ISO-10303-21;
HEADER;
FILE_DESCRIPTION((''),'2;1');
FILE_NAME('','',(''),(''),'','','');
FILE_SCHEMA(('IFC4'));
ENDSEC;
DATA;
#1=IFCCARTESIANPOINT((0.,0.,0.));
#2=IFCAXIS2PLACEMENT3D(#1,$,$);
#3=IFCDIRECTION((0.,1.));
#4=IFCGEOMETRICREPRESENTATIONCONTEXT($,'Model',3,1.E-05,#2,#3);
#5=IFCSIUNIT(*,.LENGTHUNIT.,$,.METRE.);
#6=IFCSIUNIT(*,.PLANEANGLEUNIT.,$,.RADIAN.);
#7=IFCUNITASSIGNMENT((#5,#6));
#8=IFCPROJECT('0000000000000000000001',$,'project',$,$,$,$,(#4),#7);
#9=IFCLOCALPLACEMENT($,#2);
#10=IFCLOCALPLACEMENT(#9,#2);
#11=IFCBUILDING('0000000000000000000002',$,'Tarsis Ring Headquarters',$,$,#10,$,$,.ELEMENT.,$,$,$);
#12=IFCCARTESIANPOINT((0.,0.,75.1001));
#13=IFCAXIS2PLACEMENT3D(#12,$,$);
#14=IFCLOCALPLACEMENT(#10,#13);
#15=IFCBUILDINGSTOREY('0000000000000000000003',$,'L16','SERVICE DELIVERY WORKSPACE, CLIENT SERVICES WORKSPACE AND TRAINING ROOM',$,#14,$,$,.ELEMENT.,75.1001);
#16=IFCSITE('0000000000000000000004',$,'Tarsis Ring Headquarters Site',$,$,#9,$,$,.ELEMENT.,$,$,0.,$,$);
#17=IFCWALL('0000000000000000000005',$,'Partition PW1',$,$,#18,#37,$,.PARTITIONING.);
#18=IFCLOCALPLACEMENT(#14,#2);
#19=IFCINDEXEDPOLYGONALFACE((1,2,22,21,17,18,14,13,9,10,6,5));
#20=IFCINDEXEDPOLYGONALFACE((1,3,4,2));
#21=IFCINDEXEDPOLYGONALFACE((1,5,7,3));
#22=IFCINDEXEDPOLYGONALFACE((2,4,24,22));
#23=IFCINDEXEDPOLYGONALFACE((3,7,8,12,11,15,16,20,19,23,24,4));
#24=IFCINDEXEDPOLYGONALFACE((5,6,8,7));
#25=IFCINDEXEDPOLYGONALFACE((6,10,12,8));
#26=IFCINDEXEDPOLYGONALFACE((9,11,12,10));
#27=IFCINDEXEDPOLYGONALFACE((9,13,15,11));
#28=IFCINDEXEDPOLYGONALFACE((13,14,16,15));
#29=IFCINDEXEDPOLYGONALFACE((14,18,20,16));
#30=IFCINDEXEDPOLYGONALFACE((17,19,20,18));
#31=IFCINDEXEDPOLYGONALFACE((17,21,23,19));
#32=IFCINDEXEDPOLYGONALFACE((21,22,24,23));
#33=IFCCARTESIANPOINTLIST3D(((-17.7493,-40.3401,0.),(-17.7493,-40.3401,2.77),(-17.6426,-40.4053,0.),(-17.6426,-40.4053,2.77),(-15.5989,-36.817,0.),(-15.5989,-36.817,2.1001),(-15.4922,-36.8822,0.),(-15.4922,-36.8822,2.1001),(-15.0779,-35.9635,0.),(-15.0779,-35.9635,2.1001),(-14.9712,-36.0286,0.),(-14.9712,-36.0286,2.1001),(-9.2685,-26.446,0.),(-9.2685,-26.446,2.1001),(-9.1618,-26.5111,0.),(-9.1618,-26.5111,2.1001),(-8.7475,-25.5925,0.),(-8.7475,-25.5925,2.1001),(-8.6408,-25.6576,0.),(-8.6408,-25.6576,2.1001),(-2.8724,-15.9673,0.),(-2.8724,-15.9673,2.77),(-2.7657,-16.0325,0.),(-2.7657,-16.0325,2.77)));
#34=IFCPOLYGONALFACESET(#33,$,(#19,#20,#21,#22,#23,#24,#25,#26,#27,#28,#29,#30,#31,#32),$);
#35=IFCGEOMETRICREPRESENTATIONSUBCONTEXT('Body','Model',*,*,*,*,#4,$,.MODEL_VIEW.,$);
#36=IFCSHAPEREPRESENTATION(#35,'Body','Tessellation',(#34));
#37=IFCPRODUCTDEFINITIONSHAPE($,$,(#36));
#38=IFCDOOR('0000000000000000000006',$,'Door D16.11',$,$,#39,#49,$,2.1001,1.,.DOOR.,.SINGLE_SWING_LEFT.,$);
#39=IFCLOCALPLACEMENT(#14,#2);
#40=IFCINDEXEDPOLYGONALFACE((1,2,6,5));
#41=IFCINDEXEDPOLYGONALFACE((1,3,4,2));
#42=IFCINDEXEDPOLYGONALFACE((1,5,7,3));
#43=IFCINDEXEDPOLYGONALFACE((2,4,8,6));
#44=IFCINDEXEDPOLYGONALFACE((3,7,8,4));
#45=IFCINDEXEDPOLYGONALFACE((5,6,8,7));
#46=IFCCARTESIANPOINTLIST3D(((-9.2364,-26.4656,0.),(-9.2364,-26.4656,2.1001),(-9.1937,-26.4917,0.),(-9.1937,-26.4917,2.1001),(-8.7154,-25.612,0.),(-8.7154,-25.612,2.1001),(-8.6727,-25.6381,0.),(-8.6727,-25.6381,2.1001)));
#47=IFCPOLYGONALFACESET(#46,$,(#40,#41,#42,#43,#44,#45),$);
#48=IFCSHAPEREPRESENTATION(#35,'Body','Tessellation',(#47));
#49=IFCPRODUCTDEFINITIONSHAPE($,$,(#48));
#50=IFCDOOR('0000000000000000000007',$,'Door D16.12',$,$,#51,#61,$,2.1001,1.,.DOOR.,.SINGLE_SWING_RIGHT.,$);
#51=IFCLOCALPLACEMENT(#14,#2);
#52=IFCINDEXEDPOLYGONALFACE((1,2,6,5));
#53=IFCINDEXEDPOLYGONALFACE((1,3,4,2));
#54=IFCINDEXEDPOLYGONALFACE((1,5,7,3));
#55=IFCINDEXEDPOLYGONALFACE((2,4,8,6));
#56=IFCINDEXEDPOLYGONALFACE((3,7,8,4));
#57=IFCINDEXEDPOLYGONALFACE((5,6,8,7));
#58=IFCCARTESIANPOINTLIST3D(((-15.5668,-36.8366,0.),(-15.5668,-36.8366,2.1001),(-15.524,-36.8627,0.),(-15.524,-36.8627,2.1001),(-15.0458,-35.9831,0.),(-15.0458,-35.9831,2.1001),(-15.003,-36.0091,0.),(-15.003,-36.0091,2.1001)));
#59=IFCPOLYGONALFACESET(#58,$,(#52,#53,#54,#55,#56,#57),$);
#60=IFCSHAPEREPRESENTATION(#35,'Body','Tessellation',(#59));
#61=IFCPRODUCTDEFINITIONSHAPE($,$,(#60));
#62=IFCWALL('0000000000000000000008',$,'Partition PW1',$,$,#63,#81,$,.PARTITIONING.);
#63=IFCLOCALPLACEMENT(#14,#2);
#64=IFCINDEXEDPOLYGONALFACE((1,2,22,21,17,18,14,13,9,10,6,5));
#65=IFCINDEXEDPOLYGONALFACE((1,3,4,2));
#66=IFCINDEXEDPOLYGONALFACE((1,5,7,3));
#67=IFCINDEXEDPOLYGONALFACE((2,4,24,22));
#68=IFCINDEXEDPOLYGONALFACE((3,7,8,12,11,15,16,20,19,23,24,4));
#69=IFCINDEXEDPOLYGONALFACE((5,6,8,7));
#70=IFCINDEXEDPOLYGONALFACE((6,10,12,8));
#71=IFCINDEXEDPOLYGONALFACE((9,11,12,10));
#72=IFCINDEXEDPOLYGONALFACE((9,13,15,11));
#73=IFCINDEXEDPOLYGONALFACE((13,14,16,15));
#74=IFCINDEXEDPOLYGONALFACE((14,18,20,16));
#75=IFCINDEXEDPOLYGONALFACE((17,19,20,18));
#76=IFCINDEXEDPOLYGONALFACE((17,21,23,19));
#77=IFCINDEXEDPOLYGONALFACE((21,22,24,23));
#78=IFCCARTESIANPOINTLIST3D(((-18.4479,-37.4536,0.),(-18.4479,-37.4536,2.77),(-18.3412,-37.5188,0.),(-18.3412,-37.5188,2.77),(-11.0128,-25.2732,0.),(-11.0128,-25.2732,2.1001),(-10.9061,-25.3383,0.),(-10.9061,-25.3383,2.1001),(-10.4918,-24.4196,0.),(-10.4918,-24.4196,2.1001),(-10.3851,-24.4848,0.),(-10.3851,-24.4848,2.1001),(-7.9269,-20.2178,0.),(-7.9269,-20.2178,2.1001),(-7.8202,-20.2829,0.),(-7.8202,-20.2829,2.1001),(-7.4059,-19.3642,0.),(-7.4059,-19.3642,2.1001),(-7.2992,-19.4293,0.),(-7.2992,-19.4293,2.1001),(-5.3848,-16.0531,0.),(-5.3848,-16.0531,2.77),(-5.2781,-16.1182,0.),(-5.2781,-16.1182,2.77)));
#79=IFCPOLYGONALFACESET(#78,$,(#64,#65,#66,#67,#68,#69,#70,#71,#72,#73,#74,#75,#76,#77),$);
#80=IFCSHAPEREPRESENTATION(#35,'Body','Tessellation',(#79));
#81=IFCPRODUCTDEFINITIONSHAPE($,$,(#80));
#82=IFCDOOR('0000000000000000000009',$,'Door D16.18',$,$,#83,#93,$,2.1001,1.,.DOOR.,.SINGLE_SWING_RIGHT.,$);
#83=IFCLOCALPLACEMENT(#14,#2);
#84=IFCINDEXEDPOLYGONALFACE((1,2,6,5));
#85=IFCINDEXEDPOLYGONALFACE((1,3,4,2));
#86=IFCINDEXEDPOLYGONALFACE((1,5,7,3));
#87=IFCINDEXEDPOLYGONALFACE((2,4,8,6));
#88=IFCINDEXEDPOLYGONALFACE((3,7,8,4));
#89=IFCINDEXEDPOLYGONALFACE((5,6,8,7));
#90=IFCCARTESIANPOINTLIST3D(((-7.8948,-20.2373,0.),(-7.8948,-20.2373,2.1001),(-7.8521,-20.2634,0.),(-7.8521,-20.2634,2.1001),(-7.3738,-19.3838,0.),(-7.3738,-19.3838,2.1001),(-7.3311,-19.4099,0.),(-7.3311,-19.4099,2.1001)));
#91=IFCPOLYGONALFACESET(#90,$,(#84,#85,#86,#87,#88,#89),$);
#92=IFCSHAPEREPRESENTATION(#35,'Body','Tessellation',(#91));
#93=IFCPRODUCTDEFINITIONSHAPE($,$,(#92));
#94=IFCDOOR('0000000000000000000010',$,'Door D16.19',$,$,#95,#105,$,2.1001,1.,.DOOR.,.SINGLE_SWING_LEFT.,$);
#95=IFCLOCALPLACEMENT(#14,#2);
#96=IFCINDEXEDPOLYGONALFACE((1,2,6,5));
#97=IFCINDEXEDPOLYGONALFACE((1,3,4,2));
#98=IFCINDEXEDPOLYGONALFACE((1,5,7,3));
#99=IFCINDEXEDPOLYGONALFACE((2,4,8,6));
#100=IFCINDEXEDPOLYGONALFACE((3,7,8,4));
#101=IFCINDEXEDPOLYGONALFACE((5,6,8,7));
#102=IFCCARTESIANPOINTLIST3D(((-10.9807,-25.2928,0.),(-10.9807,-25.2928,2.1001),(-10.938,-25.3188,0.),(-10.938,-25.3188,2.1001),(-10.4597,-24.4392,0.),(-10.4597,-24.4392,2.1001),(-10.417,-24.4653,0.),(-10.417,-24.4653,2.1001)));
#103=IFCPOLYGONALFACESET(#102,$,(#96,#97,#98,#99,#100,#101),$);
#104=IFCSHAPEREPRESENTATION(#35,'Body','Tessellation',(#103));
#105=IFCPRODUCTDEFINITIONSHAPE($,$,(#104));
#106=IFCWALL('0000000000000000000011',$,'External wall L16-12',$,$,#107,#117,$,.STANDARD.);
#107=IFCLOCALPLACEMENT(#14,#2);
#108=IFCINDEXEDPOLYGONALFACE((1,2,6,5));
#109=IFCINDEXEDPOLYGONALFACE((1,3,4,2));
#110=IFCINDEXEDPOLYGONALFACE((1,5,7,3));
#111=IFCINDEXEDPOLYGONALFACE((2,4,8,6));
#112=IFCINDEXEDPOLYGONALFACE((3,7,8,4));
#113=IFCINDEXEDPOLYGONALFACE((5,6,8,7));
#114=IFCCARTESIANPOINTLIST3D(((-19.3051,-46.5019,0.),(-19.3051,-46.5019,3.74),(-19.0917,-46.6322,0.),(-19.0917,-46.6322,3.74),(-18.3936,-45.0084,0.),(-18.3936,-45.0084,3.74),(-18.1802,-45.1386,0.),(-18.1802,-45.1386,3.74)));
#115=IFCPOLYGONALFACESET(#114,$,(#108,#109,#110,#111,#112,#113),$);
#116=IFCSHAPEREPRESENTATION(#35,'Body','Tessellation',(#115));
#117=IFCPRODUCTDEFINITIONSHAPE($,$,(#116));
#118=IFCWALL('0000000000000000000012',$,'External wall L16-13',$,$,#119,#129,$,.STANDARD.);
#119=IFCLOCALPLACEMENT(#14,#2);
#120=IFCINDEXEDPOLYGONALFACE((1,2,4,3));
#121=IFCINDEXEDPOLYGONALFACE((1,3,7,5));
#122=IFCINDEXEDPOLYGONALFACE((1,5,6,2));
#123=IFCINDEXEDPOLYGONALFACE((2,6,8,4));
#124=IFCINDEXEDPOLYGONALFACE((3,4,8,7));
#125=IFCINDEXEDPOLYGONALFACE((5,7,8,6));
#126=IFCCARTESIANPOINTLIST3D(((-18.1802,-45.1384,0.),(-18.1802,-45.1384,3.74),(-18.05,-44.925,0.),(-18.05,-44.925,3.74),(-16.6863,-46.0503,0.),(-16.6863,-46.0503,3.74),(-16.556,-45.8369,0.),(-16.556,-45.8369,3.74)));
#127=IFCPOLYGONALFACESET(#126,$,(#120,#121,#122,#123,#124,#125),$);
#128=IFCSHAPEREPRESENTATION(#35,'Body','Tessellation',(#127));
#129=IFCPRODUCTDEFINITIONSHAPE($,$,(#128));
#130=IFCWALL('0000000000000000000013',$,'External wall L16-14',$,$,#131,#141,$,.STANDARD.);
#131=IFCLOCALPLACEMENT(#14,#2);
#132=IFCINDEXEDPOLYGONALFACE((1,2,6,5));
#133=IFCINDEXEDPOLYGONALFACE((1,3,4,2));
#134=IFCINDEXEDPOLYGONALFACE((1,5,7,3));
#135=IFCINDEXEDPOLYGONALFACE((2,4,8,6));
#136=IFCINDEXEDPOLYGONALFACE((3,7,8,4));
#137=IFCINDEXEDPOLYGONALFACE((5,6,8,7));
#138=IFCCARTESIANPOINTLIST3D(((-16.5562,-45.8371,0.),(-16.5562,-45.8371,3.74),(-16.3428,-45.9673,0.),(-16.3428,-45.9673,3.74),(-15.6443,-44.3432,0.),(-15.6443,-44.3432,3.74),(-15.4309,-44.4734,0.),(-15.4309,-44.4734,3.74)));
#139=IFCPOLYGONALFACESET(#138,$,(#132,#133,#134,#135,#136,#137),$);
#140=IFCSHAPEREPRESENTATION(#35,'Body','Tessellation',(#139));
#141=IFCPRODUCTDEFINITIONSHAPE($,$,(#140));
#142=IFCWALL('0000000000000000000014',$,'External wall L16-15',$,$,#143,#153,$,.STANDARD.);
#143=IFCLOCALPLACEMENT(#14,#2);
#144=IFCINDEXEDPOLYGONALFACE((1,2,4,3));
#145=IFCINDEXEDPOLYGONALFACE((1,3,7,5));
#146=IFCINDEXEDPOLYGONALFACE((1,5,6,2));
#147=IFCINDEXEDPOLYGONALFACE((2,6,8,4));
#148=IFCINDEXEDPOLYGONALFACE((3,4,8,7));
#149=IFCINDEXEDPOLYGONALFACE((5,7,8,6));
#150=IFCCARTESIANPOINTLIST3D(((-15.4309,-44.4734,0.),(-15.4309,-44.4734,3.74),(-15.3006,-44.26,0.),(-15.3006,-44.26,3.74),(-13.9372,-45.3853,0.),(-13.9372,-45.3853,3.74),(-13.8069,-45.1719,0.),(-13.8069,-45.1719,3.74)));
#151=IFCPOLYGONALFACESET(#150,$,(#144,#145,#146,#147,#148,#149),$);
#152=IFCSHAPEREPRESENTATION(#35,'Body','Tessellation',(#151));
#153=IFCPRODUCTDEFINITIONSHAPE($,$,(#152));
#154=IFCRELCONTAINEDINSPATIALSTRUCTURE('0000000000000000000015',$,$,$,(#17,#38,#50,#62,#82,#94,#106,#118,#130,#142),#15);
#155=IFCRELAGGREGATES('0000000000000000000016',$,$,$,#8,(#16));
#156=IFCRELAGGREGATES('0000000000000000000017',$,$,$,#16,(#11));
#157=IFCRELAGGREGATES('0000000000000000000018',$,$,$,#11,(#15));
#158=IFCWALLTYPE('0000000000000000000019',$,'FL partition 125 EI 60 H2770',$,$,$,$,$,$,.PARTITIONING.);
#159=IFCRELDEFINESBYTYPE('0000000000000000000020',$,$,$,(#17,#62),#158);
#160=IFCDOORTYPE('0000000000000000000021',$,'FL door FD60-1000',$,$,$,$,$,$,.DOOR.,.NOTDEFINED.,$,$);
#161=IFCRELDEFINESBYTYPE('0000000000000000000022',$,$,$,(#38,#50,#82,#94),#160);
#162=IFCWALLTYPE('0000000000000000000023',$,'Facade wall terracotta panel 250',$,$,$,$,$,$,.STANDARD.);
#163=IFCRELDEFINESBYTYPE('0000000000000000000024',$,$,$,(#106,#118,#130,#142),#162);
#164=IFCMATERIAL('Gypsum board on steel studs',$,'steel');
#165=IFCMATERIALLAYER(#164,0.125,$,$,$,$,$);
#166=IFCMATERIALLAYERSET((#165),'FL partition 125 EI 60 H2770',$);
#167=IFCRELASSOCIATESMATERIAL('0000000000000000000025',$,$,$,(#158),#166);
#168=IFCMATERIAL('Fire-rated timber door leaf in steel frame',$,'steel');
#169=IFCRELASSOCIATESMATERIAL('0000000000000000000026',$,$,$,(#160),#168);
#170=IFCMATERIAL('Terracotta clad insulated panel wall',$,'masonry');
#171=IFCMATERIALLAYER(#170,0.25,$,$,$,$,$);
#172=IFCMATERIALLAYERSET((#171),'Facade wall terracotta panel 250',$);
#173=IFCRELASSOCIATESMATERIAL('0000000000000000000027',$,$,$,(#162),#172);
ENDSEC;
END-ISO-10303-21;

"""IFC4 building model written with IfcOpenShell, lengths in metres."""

from ifc_helpers import new_model, si_unit, direction, frame, frame_2d, origin, place, context, subcontext, project, spatial, rectangle, extrude, material, layer, layer_set, type_object, element, fill, save


model = new_model("IFC4")

# Units and contexts
model_context = context("Model", 3, precision=1e-05, world=origin(), true_north=direction((0.0, 1.0)))
body_context = subcontext(model_context, "Body", "Model", "MODEL_VIEW")
ifc_project = project(units=[si_unit("LENGTHUNIT", "METRE"), si_unit("PLANEANGLEUNIT", "RADIAN")], contexts=[model_context])

# Site, building, storey
site_placement = place(None, origin())
site = spatial("IfcSite", under=ifc_project, at=site_placement, Name="Tarsis Ring Headquarters Site", CompositionType="ELEMENT", RefElevation=0.0)
building_placement = place(site_placement, origin())
building = spatial("IfcBuilding", under=site, at=building_placement, Name="Tarsis Ring Headquarters", CompositionType="ELEMENT")
storey_placement = place(building_placement, frame((0.0, 0.0, 75.1001)))
storey = spatial("IfcBuildingStorey", under=building, at=storey_placement, Name="L16", Description="SERVICE DELIVERY WORKSPACE, CLIENT SERVICES WORKSPACE AND TRAINING ROOM", CompositionType="ELEMENT", Elevation=75.1001)

# Shared definitions
ifc_material_1 = material(Name="Gypsum board on steel studs", Category="steel")

# Walls, openings, doors
ifc_layer_1 = layer(ifc_material_1, 0.125)
ifc_layer_set_1 = layer_set([ifc_layer_1], Name="FL partition 125 EI 60 H2770")
wall_type_1 = type_object("IfcWallType", Name="FL partition 125 EI 60 H2770", PredefinedType="PARTITIONING", material=ifc_layer_set_1)
wall_1_placement = place(storey_placement, frame((-17.696, -40.3728, 0.0), z_axis=(0.0, 0.0, 1.0), x_axis=(0.521003, 0.853555, 0.0)))
wall_1 = element("IfcWall", 1, at=wall_1_placement, inside=storey, type_object=wall_type_1, Name="Partition PW1", PredefinedType="PARTITIONING", context=body_context, shape_type="SweptSolid", body=[
    extrude(rectangle(XDim=28.5544, YDim=0.125, at=frame_2d((14.2773, 0.0))), origin(), (0.0, 0.0, 1.0), 2.77),
])
opening_1_placement = place(wall_1_placement, frame((16.2781, 0.0, 0.0)))
opening_1 = element("IfcOpeningElement", 2, at=opening_1_placement, cuts=wall_1, PredefinedType="OPENING", context=body_context, shape_type="SweptSolid", body=[
    extrude(rectangle(XDim=1.0, YDim=2.1001, at=frame_2d((0.5, 1.05))), frame((0.0, 0.0725, 0.0), z_axis=(0.0, -1.0, 0.0), x_axis=(1.0, 0.0, 0.0)), (0.0, 0.0, 1.0), 0.145),
])
opening_2_placement = place(wall_1_placement, frame((4.1277, 0.0, 0.0)))
opening_2 = element("IfcOpeningElement", 3, at=opening_2_placement, cuts=wall_1, PredefinedType="OPENING", context=body_context, shape_type="SweptSolid", body=[
    extrude(rectangle(XDim=1.0, YDim=2.1001, at=frame_2d((0.5, 1.05))), frame((0.0, 0.0725, 0.0), z_axis=(0.0, -1.0, 0.0), x_axis=(1.0, 0.0, 0.0)), (0.0, 0.0, 1.0), 0.145),
])
ifc_material_2 = material(Name="Fire-rated timber door leaf in steel frame", Category="steel")
door_type = type_object("IfcDoorType", Name="FL door FD60-1000", OperationType="NOTDEFINED", PredefinedType="DOOR", material=ifc_material_2)
door_1_placement = place(opening_1_placement, origin())
door_1 = element("IfcDoor", 4, at=door_1_placement, inside=storey, type_object=door_type, Name="Door D16.11", OperationType="SINGLE_SWING_LEFT", OverallHeight=2.1001, OverallWidth=1.0, PredefinedType="DOOR", context=body_context, shape_type="SweptSolid", body=[
    extrude(rectangle(XDim=1.0, YDim=2.1001, at=frame_2d((0.5, 1.05))), frame((0.0, 0.0249, 0.0), z_axis=(0.0, -1.0, 0.0), x_axis=(1.0, 0.0, 0.0)), (0.0, 0.0, 1.0), 0.05),
])
fill(opening_1, door_1)
door_2_placement = place(opening_2_placement, origin())
door_2 = element("IfcDoor", 5, at=door_2_placement, inside=storey, type_object=door_type, Name="Door D16.12", OperationType="SINGLE_SWING_RIGHT", OverallHeight=2.1001, OverallWidth=1.0, PredefinedType="DOOR", context=body_context, shape_type="SweptSolid", body=[
    extrude(rectangle(XDim=1.0, YDim=2.1001, at=frame_2d((0.5, 1.05))), frame((0.0, 0.0249, 0.0), z_axis=(0.0, -1.0, 0.0), x_axis=(1.0, 0.0, 0.0)), (0.0, 0.0, 1.0), 0.05),
])
fill(opening_2, door_2)
wall_2_placement = place(storey_placement, frame((-18.3945, -37.4861, 0.0), z_axis=(0.0, 0.0, 1.0), x_axis=(0.521016, 0.853547, 0.0)))
wall_2 = element("IfcWall", 6, at=wall_2_placement, inside=storey, type_object=wall_type_1, Name="Partition PW1", PredefinedType="PARTITIONING", context=body_context, shape_type="SweptSolid", body=[
    extrude(rectangle(XDim=25.0725, YDim=0.125, at=frame_2d((12.5361, 0.0))), origin(), (0.0, 0.0, 1.0), 2.77),
])
opening_3_placement = place(wall_2_placement, frame((20.1931, 0.0, 0.0)))
opening_3 = element("IfcOpeningElement", 7, at=opening_3_placement, cuts=wall_2, PredefinedType="OPENING", context=body_context, shape_type="SweptSolid", body=[
    extrude(rectangle(XDim=1.0, YDim=2.1001, at=frame_2d((0.5, 1.05))), frame((0.0, 0.0725, 0.0), z_axis=(0.0, -1.0, 0.0), x_axis=(1.0, 0.0, 0.0)), (0.0, 0.0, 1.0), 0.145),
])
opening_4_placement = place(wall_2_placement, frame((14.2703, 0.0, 0.0)))
opening_4 = element("IfcOpeningElement", 8, at=opening_4_placement, cuts=wall_2, PredefinedType="OPENING", context=body_context, shape_type="SweptSolid", body=[
    extrude(rectangle(XDim=1.0, YDim=2.1001, at=frame_2d((0.5, 1.05))), frame((0.0, 0.0725, 0.0), z_axis=(0.0, -1.0, 0.0), x_axis=(1.0, 0.0, 0.0)), (0.0, 0.0, 1.0), 0.145),
])
door_3_placement = place(opening_3_placement, origin())
door_3 = element("IfcDoor", 9, at=door_3_placement, inside=storey, type_object=door_type, Name="Door D16.18", OperationType="SINGLE_SWING_RIGHT", OverallHeight=2.1001, OverallWidth=1.0, PredefinedType="DOOR", context=body_context, shape_type="SweptSolid", body=[
    extrude(rectangle(XDim=1.0, YDim=2.1001, at=frame_2d((0.5, 1.05))), frame((0.0, 0.0249, 0.0), z_axis=(0.0, -1.0, 0.0), x_axis=(1.0, 0.0, 0.0)), (0.0, 0.0, 1.0), 0.05),
])
fill(opening_3, door_3)
door_4_placement = place(opening_4_placement, origin())
door_4 = element("IfcDoor", 10, at=door_4_placement, inside=storey, type_object=door_type, Name="Door D16.19", OperationType="SINGLE_SWING_LEFT", OverallHeight=2.1001, OverallWidth=1.0, PredefinedType="DOOR", context=body_context, shape_type="SweptSolid", body=[
    extrude(rectangle(XDim=1.0, YDim=2.1001, at=frame_2d((0.5, 1.05))), frame((0.0, 0.0249, 0.0), z_axis=(0.0, -1.0, 0.0), x_axis=(1.0, 0.0, 0.0)), (0.0, 0.0, 1.0), 0.05),
])
fill(opening_4, door_4)

# Walls
ifc_material_3 = material(Name="Terracotta clad insulated panel wall", Category="masonry")
ifc_layer_2 = layer(ifc_material_3, 0.25)
ifc_layer_set_2 = layer_set([ifc_layer_2], Name="Facade wall terracotta panel 250")
wall_type_2 = type_object("IfcWallType", Name="Facade wall terracotta panel 250", PredefinedType="STANDARD", material=ifc_layer_set_2)
wall_3_placement = place(storey_placement, frame((-19.1985, -46.5671, 0.0), z_axis=(0.0, 0.0, 1.0), x_axis=(0.520965, 0.853578, 0.0)))
element("IfcWall", 11, at=wall_3_placement, inside=storey, type_object=wall_type_2, Name="External wall L16-12", PredefinedType="STANDARD", context=body_context, shape_type="SweptSolid", body=[
    extrude(rectangle(XDim=1.7498, YDim=0.25, at=frame_2d((0.875, 0.0))), origin(), (0.0, 0.0, 1.0), 3.74),
])
for number, where, z_axis, x_axis, name in (
    (12, (-18.115, -45.0317, 0.0), (0.0, 0.0, 1.0), (0.853554, -0.521004, 0.0), "External wall L16-13"),
    (13, (-16.4495, -45.9021, 0.0), (0.0, 0.0, 1.0), (0.521004, 0.853554, 0.0), "External wall L16-14"),
):
    element("IfcWall", number, at=place(storey_placement, frame(where, z_axis=z_axis, x_axis=x_axis)), inside=storey, type_object=wall_type_2, Name=name, PredefinedType="STANDARD", context=body_context, shape_type="SweptSolid", body=[
        extrude(rectangle(XDim=1.7502, YDim=0.25, at=frame_2d((0.875, 0.0))), origin(), (0.0, 0.0, 1.0), 3.74),
    ])
wall_4_placement = place(storey_placement, frame((-15.3657, -44.3667, 0.0), z_axis=(0.0, 0.0, 1.0), x_axis=(0.853516, -0.521066, 0.0)))
element("IfcWall", 14, at=wall_4_placement, inside=storey, type_object=wall_type_2, Name="External wall L16-15", PredefinedType="STANDARD", context=body_context, shape_type="SweptSolid", body=[
    extrude(rectangle(XDim=1.75, YDim=0.25, at=frame_2d((0.875, 0.0))), origin(), (0.0, 0.0, 1.0), 3.74),
])

save(model, "model.ifc")
